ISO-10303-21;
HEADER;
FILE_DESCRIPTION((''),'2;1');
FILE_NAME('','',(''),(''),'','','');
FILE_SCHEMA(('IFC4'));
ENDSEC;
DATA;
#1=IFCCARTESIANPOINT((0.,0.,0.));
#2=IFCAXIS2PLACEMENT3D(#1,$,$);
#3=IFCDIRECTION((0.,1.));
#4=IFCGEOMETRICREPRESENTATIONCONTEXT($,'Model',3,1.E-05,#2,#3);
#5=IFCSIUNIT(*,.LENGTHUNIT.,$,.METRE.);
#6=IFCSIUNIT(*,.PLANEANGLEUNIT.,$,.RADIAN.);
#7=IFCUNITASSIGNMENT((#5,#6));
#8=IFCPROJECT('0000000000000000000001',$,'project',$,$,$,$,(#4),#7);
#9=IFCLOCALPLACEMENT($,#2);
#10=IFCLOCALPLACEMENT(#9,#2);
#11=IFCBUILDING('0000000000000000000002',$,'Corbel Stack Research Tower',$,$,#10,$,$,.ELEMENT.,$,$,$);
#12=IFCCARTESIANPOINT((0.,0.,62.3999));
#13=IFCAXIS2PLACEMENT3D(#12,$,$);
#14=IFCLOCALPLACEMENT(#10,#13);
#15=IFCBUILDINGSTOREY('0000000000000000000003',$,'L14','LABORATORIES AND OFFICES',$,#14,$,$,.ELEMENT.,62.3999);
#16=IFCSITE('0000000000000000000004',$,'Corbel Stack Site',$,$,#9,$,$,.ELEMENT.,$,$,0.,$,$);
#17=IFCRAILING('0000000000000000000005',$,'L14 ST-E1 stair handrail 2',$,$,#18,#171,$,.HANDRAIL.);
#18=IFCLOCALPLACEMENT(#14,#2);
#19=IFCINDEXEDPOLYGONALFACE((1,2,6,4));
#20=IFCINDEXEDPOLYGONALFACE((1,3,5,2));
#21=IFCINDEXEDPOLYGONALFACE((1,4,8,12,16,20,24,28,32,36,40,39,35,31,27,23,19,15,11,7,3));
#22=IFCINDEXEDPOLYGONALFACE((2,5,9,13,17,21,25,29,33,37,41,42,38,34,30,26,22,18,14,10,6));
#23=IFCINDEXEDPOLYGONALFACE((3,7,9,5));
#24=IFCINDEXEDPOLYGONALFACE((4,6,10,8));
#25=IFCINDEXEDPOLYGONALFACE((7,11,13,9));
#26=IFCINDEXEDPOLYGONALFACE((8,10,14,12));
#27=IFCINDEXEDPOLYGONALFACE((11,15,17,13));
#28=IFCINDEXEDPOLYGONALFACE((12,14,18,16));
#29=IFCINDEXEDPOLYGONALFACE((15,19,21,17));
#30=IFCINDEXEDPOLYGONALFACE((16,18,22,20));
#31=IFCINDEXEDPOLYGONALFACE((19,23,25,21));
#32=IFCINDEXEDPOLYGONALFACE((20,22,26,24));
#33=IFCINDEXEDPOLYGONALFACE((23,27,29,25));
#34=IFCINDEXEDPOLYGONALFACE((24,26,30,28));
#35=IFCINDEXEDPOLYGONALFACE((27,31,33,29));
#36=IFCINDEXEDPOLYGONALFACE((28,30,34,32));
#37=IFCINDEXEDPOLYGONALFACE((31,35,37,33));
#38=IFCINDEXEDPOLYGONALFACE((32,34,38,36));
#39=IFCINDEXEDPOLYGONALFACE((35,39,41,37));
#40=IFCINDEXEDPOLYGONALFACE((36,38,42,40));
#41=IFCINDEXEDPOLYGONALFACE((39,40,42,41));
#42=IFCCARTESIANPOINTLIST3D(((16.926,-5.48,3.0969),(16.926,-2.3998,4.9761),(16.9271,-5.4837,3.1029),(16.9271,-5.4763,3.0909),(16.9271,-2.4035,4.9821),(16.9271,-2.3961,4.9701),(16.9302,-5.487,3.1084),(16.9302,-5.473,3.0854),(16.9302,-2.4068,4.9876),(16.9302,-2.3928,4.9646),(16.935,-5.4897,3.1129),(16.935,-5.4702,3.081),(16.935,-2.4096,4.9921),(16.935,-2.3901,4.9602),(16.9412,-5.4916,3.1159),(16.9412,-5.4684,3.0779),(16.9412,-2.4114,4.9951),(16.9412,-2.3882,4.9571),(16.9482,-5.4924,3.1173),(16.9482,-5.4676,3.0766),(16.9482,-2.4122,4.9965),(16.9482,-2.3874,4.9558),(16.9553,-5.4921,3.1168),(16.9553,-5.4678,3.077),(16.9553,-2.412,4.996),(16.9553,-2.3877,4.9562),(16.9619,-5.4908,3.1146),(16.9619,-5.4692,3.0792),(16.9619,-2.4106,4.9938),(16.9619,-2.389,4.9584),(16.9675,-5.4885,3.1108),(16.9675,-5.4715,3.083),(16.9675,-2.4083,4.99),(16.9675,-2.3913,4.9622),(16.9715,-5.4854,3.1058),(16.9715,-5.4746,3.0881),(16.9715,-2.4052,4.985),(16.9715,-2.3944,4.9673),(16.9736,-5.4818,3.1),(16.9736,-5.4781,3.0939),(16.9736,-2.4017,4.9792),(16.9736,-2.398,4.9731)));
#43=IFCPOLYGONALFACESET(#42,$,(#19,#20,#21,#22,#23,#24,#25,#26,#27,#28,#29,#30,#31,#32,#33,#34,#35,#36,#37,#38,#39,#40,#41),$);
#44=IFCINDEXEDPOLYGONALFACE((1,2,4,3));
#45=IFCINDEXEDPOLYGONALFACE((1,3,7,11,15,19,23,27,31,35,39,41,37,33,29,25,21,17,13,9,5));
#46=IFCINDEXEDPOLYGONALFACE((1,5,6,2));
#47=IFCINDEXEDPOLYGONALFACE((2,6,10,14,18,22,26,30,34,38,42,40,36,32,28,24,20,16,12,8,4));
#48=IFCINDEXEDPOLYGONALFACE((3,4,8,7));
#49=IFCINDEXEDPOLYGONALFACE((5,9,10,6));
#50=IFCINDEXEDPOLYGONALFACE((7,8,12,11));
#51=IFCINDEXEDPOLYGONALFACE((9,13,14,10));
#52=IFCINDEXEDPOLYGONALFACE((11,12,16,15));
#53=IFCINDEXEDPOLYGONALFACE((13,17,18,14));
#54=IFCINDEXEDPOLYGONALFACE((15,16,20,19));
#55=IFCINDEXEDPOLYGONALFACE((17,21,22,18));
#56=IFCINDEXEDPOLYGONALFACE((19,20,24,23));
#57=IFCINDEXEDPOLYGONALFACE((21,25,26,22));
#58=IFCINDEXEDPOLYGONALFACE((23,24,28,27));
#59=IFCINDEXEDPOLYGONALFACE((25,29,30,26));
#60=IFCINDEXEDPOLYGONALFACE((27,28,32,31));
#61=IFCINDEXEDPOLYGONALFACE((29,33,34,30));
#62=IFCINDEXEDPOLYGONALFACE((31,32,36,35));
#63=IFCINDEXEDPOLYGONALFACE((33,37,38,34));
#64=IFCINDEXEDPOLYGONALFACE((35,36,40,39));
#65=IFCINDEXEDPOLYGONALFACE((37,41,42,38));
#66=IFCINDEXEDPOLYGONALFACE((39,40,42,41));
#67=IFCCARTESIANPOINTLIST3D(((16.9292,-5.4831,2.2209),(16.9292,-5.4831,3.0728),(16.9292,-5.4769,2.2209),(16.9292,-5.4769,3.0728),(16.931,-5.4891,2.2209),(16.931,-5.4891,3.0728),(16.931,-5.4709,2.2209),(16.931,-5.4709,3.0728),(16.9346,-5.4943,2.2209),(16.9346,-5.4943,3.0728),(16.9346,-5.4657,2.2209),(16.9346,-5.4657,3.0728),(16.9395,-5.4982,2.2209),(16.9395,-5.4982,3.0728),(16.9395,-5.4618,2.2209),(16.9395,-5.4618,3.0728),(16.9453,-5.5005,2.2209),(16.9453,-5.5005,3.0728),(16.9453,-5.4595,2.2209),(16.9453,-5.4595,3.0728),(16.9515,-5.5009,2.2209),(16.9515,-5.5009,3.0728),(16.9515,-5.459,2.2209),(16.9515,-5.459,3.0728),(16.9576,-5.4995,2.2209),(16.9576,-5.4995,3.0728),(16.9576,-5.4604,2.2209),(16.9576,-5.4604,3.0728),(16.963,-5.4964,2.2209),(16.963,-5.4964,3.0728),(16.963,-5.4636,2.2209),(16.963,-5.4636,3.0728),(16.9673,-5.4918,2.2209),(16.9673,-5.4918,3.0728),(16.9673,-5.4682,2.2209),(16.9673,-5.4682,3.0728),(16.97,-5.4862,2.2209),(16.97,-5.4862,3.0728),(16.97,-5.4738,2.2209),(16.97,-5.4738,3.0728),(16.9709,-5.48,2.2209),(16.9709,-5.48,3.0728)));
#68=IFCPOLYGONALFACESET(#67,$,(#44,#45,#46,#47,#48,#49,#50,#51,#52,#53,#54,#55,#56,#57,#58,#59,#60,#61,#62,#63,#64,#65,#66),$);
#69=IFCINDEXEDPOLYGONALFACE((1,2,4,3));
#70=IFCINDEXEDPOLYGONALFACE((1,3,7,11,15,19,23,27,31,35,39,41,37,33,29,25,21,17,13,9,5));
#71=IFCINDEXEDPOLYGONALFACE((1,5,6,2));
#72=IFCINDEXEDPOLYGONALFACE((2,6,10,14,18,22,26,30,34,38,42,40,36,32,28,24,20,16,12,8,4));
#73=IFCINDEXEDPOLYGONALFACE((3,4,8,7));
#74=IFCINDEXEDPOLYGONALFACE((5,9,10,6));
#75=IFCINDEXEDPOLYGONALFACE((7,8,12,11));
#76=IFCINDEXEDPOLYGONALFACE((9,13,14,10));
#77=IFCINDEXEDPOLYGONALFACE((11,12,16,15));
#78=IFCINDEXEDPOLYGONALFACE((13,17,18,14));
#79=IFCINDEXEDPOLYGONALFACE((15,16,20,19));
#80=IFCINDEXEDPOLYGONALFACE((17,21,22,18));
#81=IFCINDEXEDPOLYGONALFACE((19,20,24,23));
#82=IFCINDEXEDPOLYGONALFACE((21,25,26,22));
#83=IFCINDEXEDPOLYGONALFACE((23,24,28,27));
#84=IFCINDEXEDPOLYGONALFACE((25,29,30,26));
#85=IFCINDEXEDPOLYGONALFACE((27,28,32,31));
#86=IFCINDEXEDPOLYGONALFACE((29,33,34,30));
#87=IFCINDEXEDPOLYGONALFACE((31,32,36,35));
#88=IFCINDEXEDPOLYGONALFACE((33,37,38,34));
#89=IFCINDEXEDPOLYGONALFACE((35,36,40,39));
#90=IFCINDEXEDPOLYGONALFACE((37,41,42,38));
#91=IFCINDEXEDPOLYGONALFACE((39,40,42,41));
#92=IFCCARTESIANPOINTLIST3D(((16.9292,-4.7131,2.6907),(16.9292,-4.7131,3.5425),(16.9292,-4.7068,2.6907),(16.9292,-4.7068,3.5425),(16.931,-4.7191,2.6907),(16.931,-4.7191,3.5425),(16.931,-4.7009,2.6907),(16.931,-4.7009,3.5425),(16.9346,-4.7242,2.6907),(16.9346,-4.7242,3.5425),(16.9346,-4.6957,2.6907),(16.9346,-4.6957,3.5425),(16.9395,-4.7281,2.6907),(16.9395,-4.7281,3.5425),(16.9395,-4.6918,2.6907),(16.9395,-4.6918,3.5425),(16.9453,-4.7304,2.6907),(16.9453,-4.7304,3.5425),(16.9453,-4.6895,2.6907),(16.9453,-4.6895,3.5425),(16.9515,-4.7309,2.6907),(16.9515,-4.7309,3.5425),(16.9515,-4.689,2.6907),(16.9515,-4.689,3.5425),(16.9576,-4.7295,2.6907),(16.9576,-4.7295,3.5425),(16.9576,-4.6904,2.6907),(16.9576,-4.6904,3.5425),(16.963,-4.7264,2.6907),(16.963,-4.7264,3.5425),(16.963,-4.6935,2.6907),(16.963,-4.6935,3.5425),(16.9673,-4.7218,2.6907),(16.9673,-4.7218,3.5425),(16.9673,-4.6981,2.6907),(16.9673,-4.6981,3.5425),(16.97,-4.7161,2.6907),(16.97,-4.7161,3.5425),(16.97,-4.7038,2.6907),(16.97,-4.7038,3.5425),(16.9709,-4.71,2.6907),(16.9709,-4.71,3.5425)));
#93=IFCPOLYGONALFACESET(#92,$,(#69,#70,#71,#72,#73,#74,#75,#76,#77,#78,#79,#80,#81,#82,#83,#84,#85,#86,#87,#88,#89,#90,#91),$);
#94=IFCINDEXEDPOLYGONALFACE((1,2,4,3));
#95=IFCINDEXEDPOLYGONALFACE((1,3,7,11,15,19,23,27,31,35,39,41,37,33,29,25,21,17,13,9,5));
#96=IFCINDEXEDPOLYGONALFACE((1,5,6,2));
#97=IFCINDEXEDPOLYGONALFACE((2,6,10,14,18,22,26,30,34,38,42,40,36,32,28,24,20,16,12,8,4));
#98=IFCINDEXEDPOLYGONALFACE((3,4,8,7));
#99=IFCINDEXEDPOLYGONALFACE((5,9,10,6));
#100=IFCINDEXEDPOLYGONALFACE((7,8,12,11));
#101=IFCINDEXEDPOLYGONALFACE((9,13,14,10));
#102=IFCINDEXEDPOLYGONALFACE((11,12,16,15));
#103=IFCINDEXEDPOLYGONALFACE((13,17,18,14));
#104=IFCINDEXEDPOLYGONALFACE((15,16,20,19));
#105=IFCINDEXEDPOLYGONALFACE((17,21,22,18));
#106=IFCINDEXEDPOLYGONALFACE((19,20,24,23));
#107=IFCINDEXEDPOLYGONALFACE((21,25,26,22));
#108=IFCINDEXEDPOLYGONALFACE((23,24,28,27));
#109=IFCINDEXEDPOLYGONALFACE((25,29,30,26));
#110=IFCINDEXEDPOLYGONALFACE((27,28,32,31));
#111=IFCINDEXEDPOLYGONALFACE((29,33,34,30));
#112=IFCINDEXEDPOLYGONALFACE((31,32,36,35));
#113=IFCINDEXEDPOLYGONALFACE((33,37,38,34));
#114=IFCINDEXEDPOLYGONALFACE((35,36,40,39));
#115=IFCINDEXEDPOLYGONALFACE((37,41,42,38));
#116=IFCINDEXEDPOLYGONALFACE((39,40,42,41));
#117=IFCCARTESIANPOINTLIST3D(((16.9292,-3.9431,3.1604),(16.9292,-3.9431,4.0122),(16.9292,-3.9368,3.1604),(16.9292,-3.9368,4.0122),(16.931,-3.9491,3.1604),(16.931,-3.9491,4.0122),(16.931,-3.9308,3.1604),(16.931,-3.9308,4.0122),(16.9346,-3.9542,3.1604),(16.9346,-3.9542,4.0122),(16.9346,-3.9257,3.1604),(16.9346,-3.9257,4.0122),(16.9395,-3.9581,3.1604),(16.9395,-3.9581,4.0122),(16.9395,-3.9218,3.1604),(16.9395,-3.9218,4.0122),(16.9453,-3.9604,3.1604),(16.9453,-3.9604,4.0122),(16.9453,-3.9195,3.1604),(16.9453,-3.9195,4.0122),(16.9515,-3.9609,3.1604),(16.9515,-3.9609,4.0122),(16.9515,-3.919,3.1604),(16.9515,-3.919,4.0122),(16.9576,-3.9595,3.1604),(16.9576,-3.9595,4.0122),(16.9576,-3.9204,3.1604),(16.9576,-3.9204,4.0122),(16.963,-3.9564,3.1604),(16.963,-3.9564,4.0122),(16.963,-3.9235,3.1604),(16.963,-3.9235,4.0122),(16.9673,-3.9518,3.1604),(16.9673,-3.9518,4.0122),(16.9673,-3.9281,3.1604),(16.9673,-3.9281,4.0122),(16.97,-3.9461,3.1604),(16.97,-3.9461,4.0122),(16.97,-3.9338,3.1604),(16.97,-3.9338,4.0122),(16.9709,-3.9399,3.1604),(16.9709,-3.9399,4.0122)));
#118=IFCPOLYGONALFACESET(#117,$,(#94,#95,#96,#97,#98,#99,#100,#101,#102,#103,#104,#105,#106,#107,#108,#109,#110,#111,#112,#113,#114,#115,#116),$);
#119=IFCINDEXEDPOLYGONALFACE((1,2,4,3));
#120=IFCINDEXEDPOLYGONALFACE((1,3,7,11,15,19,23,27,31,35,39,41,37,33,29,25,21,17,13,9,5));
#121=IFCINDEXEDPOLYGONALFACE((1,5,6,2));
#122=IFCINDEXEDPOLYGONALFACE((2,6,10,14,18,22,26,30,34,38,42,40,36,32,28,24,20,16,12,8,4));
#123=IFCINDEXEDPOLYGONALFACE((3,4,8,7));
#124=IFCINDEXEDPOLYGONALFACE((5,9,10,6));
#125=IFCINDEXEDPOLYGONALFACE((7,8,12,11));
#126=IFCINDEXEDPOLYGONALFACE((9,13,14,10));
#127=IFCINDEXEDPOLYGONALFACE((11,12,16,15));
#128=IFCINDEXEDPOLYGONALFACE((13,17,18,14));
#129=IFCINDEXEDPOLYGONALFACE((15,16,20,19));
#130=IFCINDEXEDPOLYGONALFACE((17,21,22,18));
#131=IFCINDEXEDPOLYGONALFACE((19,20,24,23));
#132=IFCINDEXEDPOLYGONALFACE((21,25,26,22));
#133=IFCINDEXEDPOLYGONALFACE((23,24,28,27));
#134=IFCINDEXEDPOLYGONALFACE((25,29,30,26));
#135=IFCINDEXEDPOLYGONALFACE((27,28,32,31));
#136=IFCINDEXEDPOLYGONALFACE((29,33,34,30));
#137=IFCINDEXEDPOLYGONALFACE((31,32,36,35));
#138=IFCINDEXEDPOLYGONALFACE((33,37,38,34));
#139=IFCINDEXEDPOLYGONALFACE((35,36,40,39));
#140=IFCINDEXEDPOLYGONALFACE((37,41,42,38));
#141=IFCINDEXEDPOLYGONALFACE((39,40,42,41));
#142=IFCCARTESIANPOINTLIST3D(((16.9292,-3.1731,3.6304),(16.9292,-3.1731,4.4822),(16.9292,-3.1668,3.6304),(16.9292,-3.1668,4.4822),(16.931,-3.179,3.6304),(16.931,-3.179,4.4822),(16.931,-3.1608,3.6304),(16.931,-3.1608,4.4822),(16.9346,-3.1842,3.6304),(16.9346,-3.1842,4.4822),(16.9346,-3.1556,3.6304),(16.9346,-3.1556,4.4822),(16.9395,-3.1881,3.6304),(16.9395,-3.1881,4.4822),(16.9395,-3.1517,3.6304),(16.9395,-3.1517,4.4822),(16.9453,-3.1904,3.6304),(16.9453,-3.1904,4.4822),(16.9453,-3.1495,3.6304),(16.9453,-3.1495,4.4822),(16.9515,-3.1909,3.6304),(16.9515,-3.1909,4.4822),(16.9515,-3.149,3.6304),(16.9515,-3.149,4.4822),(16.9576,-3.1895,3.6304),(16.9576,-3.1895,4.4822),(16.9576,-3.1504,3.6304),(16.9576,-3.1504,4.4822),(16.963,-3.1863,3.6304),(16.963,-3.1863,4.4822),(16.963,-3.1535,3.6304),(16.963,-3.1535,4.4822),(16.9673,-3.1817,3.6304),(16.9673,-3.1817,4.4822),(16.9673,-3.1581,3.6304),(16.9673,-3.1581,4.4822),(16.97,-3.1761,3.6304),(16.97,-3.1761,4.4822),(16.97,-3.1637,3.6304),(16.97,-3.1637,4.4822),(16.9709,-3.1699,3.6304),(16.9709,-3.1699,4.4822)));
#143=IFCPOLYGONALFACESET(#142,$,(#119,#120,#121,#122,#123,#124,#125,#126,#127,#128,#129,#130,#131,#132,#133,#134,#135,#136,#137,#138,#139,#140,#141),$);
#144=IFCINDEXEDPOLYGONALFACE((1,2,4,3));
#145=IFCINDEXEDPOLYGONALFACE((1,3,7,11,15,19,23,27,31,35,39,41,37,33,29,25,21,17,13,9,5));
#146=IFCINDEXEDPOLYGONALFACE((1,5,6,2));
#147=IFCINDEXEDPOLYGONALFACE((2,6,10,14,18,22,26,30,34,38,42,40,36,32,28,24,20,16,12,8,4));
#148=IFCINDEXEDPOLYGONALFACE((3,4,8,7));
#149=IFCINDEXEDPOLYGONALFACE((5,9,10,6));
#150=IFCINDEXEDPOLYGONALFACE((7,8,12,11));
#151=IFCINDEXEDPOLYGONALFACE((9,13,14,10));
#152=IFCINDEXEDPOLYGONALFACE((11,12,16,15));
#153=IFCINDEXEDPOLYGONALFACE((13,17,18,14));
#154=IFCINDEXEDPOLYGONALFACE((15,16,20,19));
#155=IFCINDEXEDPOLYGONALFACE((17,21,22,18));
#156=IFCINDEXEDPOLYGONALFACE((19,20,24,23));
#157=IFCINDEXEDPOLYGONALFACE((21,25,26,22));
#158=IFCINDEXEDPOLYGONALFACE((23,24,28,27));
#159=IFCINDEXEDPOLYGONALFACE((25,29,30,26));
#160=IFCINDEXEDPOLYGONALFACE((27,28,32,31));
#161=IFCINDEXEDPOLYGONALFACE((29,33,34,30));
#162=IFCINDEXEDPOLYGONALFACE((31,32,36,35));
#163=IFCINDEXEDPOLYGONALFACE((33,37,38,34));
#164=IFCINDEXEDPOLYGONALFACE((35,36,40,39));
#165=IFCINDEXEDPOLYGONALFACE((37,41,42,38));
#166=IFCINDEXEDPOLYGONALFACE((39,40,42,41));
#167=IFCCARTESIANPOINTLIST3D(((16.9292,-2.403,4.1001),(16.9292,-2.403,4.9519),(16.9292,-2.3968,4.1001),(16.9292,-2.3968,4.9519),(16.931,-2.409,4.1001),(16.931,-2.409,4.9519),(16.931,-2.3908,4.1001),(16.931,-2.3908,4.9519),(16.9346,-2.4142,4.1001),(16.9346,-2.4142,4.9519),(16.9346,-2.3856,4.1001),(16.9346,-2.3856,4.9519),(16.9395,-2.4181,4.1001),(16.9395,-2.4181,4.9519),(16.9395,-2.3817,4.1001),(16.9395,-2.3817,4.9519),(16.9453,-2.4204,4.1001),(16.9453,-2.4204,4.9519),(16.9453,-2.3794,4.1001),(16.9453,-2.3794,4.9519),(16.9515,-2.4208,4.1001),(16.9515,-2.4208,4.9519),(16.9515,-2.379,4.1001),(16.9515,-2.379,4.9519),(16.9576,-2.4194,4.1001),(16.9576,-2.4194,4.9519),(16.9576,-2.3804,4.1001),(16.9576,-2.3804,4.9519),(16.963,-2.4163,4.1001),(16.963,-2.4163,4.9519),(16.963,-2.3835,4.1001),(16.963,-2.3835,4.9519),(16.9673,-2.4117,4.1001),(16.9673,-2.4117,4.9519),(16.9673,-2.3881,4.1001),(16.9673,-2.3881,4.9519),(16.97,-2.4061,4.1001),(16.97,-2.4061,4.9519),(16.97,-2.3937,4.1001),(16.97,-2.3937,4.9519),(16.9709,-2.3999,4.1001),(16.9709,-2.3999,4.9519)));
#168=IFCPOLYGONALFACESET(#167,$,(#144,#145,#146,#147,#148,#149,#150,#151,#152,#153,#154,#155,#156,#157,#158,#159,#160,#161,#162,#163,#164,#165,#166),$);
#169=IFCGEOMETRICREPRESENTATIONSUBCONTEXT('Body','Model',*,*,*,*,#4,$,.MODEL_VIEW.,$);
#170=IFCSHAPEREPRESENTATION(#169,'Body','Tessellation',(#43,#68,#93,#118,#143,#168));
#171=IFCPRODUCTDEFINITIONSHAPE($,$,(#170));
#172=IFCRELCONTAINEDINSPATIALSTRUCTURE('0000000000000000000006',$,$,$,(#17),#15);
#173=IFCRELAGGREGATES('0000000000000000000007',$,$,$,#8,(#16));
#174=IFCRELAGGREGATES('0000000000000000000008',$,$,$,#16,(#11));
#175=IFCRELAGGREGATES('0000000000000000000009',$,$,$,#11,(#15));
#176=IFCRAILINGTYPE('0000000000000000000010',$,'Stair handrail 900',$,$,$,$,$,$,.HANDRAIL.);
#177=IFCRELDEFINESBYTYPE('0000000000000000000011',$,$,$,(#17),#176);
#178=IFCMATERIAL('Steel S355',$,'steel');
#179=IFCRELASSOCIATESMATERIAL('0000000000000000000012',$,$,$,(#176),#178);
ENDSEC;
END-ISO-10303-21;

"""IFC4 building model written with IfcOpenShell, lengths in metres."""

from ifc_helpers import new_model, si_unit, direction, frame, origin, origin_2d, place, context, subcontext, project, spatial, circle, extrude, material, type_object, element, save


model = new_model("IFC4")

# Units and contexts
model_context = context("Model", 3, precision=1e-05, world=origin(), true_north=direction((0.0, 1.0)))
body_context = subcontext(model_context, "Body", "Model", "MODEL_VIEW")
ifc_project = project(units=[si_unit("LENGTHUNIT", "METRE"), si_unit("PLANEANGLEUNIT", "RADIAN")], contexts=[model_context])

# Site, building, storey
site_placement = place(None, origin())
site = spatial("IfcSite", under=ifc_project, at=site_placement, Name="Corbel Stack Site", CompositionType="ELEMENT", RefElevation=0.0)
building_placement = place(site_placement, origin())
building = spatial("IfcBuilding", under=site, at=building_placement, Name="Corbel Stack Research Tower", CompositionType="ELEMENT")
storey_placement = place(building_placement, frame((0.0, 0.0, 62.3999)))
storey = spatial("IfcBuildingStorey", under=building, at=storey_placement, Name="L14", Description="LABORATORIES AND OFFICES", CompositionType="ELEMENT", Elevation=62.3999)

# Railing
ifc_material_1 = material(Name="Steel S355", Category="steel")
railing_type_1 = type_object("IfcRailingType", Name="Stair handrail 900", PredefinedType="HANDRAIL", material=ifc_material_1)
railing_1_placement = place(storey_placement, frame((16.95, -5.48, 2.2209)))
element("IfcRailing", 1, at=railing_1_placement, inside=storey, type_object=railing_type_1, Name="L14 ST-E1 stair handrail 2", PredefinedType="HANDRAIL", context=body_context, shape_type="SweptSolid", body=[
    extrude(circle(Radius=0.0239, at=origin_2d()), frame((0.0, 0.0, 0.876), z_axis=(0.0, 0.853666, 0.52082), x_axis=(-1.0, 0.0, 0.0)), (0.0, 0.0, 1.0), 3.6082),
    extrude(circle(Radius=0.021, at=origin_2d()), origin(), (0.0, 0.0, 1.0), 0.8518),
    extrude(circle(Radius=0.021, at=origin_2d()), frame((0.0, 0.77, 0.4697)), (0.0, 0.0, 1.0), 0.8518),
    extrude(circle(Radius=0.021, at=origin_2d()), frame((0.0, 1.54, 0.9395)), (0.0, 0.0, 1.0), 0.8518),
    extrude(circle(Radius=0.021, at=origin_2d()), frame((0.0, 2.3101, 1.4094)), (0.0, 0.0, 1.0), 0.8518),
    extrude(circle(Radius=0.021, at=origin_2d()), frame((0.0, 3.0801, 1.8792)), (0.0, 0.0, 1.0), 0.8518),
])

save(model, "model.ifc")
